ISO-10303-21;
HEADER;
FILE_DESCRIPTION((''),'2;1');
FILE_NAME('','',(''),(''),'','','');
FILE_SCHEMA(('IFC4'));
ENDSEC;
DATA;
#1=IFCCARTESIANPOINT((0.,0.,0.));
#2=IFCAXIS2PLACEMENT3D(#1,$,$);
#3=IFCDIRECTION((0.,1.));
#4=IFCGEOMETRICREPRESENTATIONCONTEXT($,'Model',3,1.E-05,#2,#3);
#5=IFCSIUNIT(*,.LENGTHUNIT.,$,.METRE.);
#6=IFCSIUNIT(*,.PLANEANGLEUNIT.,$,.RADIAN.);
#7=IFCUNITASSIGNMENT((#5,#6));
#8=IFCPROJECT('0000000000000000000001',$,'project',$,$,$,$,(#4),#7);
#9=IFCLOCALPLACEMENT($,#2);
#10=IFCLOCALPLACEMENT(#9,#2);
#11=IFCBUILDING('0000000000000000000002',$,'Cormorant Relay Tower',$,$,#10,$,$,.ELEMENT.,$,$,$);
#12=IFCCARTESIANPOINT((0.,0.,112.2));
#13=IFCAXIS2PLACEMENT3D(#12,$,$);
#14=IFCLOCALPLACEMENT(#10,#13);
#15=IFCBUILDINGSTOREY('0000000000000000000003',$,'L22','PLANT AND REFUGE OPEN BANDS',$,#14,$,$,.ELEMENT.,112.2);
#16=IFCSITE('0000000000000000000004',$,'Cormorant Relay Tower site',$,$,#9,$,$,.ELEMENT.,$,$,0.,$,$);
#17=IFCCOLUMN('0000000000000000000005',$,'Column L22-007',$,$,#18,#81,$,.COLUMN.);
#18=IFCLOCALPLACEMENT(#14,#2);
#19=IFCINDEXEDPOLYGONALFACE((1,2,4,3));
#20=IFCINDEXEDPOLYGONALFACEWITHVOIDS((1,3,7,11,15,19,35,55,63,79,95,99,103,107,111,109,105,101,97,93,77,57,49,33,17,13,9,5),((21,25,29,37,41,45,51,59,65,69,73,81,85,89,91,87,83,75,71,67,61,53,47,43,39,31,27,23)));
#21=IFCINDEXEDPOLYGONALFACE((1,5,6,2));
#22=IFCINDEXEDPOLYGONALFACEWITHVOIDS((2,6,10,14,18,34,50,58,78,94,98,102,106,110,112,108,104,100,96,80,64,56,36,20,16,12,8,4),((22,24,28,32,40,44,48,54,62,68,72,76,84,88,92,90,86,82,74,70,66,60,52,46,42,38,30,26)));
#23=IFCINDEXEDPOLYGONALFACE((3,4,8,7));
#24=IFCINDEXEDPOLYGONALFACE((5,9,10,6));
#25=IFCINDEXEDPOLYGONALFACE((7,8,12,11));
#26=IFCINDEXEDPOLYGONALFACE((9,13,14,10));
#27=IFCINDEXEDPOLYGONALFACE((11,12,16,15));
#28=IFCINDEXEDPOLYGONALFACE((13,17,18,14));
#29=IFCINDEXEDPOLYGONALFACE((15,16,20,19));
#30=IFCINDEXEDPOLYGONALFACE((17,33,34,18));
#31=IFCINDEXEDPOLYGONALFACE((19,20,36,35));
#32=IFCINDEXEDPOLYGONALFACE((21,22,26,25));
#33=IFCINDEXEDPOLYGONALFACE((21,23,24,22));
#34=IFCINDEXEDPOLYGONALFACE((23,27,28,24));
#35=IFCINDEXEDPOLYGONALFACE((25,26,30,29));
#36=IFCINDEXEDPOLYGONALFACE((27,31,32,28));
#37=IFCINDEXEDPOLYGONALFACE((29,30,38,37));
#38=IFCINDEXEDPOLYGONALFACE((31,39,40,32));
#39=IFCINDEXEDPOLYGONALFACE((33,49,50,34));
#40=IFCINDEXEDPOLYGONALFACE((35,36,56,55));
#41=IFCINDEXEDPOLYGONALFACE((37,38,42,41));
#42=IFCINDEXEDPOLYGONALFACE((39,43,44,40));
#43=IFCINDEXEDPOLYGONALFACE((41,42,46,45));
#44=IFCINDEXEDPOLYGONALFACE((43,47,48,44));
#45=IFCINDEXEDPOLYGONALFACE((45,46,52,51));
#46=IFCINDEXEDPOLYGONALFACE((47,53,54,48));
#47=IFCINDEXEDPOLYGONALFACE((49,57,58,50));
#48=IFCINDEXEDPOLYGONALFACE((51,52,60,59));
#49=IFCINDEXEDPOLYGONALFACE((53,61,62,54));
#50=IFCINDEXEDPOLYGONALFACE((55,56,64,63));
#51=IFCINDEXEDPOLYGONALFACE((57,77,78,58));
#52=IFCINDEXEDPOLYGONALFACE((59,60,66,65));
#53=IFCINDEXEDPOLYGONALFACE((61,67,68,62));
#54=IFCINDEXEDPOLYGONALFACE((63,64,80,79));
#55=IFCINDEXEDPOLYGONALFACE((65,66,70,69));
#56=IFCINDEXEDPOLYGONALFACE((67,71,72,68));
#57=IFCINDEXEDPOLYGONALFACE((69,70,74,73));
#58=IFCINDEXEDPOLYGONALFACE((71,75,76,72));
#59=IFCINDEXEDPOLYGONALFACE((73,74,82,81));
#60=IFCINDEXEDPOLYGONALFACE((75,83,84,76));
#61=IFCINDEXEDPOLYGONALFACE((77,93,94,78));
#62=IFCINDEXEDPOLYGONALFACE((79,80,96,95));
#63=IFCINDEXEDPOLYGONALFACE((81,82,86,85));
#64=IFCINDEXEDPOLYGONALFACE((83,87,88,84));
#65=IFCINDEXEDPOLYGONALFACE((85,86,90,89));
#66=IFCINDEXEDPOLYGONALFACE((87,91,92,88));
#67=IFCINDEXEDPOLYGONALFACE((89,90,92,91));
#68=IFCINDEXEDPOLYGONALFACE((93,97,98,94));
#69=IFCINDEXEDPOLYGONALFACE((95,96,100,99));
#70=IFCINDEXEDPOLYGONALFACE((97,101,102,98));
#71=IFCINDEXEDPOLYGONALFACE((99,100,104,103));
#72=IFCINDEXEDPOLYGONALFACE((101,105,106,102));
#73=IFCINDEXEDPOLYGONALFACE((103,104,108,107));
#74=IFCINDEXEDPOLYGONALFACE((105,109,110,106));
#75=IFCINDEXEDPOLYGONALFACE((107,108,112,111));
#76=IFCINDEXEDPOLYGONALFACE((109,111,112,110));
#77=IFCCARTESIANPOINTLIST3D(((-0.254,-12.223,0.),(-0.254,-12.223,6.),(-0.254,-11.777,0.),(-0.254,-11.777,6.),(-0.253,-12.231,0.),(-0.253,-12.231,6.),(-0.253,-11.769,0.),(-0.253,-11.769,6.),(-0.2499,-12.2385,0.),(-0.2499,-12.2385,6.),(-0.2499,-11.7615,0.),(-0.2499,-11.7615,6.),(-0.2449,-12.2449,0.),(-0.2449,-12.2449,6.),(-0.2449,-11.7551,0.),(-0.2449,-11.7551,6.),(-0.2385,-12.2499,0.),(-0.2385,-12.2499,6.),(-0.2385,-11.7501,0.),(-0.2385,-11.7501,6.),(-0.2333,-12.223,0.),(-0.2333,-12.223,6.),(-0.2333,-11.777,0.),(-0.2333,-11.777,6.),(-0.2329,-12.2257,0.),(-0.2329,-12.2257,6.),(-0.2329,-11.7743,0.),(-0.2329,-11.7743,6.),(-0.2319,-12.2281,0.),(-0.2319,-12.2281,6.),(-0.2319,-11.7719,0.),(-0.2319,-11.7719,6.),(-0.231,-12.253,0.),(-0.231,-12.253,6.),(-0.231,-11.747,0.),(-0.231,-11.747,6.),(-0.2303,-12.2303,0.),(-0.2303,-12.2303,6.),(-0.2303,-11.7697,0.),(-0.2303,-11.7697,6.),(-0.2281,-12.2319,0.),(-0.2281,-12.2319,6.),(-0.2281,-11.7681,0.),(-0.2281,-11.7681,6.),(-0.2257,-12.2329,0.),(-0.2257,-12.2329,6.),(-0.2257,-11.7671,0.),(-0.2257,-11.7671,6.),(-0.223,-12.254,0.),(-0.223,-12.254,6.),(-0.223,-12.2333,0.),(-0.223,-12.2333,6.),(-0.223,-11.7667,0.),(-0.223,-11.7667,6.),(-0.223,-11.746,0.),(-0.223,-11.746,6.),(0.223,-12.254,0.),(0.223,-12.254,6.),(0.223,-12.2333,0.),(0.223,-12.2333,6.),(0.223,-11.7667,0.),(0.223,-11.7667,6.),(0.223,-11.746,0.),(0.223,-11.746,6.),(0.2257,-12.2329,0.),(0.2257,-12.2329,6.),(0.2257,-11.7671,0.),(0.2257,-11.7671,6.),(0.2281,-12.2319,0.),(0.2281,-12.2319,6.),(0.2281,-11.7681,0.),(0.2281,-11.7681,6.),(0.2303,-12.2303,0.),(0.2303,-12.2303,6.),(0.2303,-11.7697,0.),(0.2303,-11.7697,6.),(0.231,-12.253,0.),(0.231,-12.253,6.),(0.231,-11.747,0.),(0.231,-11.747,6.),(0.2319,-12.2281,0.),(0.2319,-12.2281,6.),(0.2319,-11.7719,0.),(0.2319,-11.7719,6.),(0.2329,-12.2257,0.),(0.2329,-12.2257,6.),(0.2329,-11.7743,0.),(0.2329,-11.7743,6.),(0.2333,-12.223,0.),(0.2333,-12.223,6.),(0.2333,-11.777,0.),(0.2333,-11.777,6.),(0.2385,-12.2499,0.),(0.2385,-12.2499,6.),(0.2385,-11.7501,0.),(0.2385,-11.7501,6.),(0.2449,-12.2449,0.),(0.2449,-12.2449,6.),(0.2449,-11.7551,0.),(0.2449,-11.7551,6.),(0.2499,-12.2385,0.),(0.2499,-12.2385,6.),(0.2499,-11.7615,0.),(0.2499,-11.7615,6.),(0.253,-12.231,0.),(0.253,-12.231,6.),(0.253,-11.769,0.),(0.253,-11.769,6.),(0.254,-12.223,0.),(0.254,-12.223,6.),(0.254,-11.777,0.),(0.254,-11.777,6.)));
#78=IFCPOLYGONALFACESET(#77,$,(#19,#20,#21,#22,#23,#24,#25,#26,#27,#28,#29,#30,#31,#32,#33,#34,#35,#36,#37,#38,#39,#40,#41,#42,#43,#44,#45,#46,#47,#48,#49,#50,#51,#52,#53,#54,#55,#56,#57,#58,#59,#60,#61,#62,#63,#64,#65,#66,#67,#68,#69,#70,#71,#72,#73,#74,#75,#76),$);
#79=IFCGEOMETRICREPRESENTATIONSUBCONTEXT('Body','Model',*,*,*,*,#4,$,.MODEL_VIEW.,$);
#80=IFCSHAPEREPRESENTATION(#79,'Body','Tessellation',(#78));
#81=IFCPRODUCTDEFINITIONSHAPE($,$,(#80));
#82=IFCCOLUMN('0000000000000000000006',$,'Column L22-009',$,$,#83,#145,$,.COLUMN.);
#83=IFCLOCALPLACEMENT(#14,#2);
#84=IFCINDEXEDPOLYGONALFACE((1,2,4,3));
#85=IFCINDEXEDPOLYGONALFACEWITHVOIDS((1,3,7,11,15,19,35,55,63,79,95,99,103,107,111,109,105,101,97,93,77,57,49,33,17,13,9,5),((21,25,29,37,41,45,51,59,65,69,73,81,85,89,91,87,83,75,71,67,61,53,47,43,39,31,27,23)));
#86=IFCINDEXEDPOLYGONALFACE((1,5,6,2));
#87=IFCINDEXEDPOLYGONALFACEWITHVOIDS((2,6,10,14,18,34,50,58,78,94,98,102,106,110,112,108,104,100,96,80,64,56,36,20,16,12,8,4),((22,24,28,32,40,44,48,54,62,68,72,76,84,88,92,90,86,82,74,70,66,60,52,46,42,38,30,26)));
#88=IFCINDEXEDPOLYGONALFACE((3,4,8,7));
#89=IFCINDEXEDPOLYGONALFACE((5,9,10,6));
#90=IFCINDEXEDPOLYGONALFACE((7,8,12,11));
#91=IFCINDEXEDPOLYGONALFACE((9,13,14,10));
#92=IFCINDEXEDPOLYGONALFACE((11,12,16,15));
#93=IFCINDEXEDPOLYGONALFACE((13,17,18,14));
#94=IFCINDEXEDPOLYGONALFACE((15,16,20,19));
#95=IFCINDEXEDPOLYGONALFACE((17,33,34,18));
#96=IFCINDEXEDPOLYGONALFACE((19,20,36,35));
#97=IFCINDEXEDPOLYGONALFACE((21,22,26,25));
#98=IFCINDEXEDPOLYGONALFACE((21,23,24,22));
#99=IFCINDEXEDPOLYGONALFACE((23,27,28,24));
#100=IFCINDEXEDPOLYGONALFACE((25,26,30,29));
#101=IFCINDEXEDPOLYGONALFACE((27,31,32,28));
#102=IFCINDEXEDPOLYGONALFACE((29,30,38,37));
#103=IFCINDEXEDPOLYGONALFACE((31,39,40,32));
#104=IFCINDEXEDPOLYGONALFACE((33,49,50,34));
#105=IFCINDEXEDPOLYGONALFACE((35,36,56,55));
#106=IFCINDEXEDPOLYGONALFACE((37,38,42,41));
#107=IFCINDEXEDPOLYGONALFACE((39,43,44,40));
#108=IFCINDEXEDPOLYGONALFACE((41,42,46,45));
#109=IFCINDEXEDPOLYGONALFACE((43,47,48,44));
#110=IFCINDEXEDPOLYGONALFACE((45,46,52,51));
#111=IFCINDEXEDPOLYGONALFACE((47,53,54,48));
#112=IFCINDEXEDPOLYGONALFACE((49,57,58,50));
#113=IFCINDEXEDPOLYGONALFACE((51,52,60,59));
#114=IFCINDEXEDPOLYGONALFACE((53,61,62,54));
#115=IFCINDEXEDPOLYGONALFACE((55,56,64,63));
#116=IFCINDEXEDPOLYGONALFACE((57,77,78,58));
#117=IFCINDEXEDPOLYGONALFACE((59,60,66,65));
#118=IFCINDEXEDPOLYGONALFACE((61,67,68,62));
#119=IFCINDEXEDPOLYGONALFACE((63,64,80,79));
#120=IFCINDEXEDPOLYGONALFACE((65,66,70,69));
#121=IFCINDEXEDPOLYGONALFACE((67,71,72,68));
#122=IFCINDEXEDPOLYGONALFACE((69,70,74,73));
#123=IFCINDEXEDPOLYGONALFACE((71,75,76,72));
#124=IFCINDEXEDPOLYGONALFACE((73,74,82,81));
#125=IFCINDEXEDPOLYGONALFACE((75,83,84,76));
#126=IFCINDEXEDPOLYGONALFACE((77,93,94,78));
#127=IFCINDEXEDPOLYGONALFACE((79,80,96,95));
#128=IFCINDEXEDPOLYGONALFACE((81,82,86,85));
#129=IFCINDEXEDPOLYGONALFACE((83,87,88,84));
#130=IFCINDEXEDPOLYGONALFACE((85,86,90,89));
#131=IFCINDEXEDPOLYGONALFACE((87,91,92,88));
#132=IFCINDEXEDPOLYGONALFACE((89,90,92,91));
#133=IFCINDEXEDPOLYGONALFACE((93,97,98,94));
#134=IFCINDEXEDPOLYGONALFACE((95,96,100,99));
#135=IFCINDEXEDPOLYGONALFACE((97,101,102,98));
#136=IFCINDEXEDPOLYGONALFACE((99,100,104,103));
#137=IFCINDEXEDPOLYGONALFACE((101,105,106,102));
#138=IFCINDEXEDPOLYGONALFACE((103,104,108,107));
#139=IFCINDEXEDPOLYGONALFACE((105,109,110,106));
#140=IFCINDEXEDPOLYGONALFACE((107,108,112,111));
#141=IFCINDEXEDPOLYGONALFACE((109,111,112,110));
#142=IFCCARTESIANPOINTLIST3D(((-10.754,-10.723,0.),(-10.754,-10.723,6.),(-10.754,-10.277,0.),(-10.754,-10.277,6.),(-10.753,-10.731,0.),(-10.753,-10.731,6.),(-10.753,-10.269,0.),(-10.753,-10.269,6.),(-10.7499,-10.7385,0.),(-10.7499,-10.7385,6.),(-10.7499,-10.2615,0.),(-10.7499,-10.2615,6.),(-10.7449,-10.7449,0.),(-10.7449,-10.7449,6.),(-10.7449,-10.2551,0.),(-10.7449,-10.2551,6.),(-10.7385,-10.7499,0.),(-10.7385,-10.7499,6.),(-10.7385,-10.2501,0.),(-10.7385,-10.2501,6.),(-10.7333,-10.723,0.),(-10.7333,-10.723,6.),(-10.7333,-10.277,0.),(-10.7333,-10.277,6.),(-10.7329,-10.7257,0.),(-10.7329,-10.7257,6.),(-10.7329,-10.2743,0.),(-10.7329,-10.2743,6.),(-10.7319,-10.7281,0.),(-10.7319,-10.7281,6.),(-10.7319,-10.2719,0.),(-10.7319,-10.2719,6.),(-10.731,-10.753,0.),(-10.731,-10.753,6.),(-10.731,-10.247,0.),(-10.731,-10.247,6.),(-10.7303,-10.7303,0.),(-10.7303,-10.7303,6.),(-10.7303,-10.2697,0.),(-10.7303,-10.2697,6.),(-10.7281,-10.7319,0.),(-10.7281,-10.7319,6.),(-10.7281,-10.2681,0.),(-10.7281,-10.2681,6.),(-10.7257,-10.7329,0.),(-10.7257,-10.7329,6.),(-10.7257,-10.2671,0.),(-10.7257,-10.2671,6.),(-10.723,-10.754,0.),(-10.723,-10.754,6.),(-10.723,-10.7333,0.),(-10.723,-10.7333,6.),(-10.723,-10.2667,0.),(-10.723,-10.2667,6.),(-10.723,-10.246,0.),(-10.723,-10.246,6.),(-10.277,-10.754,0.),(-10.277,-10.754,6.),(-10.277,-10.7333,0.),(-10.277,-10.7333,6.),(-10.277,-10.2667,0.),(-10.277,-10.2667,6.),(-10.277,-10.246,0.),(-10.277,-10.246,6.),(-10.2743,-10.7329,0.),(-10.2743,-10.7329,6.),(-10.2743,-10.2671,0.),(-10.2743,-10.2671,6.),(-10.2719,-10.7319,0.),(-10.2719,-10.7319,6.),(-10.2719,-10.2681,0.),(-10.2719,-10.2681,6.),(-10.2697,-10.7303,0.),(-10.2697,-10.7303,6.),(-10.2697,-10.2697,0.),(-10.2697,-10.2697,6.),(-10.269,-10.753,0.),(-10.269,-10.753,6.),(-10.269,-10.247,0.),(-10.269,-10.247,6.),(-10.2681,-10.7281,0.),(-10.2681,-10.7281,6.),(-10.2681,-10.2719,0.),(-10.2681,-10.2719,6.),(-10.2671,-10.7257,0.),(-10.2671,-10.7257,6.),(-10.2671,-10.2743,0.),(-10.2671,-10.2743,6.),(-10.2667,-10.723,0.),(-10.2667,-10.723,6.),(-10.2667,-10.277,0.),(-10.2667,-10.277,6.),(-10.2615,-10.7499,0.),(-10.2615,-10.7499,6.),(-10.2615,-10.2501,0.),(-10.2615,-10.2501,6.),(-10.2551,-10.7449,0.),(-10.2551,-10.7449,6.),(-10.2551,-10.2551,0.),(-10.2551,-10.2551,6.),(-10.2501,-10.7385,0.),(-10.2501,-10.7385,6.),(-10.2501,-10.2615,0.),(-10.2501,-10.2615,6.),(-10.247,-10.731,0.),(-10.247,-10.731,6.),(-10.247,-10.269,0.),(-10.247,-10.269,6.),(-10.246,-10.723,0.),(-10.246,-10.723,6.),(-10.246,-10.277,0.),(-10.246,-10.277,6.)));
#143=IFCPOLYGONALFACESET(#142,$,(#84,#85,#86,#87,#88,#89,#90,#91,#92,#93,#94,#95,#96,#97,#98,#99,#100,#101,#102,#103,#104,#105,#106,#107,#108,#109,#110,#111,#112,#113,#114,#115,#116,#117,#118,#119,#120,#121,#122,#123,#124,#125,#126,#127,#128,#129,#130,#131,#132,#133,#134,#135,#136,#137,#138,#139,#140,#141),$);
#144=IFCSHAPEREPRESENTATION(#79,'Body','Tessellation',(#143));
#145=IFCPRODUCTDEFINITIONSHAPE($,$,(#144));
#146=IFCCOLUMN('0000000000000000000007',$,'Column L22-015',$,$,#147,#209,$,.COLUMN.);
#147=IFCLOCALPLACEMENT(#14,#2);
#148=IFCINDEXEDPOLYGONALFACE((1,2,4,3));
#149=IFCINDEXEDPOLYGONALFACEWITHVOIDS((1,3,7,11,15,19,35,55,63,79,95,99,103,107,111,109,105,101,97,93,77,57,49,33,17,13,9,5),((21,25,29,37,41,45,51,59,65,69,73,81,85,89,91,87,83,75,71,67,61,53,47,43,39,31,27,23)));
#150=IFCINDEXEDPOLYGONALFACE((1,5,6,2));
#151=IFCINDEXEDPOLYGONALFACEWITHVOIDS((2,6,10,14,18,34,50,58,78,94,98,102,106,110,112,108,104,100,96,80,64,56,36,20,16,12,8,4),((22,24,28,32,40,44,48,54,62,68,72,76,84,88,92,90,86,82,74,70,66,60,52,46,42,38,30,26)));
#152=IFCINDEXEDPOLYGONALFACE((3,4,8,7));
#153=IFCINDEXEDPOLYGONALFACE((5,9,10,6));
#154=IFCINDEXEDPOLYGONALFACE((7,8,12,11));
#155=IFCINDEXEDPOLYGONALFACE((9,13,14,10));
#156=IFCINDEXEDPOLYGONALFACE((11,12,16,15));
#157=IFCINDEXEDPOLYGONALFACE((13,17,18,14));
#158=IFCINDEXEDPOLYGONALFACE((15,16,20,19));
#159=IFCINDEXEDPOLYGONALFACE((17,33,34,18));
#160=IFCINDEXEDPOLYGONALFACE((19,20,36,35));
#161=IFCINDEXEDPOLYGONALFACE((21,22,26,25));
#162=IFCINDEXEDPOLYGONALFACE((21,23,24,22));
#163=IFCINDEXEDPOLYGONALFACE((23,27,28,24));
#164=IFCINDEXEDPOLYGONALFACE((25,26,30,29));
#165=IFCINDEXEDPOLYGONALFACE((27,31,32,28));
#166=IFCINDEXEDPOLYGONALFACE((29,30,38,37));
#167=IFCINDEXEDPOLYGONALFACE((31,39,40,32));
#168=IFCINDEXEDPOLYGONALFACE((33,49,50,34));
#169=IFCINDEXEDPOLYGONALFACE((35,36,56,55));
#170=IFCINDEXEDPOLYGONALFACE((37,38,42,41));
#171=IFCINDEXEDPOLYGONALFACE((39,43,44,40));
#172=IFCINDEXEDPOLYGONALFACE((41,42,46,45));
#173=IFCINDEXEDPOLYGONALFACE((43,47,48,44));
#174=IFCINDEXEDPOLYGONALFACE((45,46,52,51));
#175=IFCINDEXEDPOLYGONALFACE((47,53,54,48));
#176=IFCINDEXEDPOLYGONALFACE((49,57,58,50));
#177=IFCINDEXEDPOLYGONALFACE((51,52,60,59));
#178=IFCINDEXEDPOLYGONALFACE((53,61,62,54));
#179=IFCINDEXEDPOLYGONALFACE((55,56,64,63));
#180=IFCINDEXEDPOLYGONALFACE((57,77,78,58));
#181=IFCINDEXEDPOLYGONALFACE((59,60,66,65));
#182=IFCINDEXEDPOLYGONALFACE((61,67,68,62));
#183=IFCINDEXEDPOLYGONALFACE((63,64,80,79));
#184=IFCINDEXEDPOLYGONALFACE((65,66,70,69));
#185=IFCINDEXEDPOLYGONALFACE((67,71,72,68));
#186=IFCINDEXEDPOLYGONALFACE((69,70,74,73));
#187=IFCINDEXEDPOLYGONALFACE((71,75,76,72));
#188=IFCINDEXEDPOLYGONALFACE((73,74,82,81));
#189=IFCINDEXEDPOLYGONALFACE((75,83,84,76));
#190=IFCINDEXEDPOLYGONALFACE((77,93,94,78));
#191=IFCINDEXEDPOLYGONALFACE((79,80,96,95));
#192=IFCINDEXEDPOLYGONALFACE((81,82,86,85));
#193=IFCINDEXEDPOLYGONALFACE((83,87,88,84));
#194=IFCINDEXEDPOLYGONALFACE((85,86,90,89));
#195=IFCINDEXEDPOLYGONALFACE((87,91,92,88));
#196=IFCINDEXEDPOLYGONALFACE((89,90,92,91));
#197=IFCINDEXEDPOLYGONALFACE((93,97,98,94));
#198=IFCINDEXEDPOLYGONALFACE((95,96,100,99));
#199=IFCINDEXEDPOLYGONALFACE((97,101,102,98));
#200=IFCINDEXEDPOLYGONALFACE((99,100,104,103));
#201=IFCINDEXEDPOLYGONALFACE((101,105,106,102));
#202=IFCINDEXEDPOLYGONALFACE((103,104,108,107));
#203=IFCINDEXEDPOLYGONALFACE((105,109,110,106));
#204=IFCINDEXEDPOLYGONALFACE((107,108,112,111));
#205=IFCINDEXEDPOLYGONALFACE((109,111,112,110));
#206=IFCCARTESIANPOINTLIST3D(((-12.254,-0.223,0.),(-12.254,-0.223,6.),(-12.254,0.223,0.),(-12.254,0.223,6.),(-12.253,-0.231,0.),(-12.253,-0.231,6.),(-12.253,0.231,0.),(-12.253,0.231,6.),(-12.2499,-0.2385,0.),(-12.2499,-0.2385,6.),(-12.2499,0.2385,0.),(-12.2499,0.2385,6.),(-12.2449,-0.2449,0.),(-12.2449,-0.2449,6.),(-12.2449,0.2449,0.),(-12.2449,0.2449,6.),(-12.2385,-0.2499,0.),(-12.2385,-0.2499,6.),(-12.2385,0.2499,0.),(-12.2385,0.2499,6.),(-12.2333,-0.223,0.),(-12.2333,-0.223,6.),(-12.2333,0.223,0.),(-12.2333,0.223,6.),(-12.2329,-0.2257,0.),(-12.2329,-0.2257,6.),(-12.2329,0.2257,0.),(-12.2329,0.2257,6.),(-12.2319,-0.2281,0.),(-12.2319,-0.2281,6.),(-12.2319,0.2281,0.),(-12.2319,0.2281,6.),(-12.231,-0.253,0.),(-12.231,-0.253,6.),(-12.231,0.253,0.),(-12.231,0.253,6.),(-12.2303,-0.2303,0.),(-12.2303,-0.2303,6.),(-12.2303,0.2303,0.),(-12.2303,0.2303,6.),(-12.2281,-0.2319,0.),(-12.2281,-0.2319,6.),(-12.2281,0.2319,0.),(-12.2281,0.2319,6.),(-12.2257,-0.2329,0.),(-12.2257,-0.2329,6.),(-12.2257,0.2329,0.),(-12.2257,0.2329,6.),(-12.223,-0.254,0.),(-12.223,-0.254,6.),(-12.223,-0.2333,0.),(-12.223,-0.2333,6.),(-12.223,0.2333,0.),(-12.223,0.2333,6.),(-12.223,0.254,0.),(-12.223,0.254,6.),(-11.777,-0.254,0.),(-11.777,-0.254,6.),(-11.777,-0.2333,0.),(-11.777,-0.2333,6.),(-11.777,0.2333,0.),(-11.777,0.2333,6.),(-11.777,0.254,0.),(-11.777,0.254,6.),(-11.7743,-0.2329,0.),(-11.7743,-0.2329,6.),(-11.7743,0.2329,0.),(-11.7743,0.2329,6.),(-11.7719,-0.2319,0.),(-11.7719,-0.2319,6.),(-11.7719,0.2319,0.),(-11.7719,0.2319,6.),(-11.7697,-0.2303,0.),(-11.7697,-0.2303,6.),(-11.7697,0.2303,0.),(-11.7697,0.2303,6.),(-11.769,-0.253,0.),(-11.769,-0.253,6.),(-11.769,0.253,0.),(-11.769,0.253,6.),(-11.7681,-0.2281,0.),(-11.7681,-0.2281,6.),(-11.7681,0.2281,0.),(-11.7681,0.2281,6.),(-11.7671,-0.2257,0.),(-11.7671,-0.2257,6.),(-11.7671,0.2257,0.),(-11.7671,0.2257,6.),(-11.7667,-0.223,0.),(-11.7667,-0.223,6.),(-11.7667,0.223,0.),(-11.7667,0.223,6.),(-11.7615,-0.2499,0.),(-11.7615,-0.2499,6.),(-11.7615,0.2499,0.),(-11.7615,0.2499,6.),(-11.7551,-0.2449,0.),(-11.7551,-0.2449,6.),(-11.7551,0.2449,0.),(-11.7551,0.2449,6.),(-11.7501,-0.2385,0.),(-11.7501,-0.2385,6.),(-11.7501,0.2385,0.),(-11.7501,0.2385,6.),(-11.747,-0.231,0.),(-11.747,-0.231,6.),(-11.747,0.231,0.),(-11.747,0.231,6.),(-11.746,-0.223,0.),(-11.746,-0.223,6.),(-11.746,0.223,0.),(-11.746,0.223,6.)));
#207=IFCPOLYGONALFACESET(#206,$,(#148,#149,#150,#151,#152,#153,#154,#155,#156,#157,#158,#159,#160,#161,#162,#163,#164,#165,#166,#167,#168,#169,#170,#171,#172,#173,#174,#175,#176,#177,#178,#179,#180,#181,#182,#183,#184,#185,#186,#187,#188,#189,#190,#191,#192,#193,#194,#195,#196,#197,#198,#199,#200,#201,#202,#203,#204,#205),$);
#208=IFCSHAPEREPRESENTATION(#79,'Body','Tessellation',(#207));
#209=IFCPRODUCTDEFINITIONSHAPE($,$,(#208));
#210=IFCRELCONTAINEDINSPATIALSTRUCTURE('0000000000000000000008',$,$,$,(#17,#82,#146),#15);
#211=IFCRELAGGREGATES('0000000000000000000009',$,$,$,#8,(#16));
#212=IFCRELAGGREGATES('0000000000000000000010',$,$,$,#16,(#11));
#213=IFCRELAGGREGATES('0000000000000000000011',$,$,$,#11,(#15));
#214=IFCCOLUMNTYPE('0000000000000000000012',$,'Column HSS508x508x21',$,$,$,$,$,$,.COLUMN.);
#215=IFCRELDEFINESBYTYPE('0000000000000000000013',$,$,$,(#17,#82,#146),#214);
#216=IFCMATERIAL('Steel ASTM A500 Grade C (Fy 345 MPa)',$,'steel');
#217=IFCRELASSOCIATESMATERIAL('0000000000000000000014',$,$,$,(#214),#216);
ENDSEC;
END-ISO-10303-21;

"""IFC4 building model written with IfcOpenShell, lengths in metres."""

from ifc_helpers import new_model, si_unit, direction, frame, origin, origin_2d, place, context, subcontext, project, spatial, hollow_rectangle, extrude, material, material_profile, profile_set, type_object, element, save


model = new_model("IFC4")

# Units and contexts
model_context = context("Model", 3, precision=1e-05, world=origin(), true_north=direction((0.0, 1.0)))
body_context = subcontext(model_context, "Body", "Model", "MODEL_VIEW")
ifc_project = project(units=[si_unit("LENGTHUNIT", "METRE"), si_unit("PLANEANGLEUNIT", "RADIAN")], contexts=[model_context])

# Site, building, storey
site_placement = place(None, origin())
site = spatial("IfcSite", under=ifc_project, at=site_placement, Name="Cormorant Relay Tower site", CompositionType="ELEMENT", RefElevation=0.0)
building_placement = place(site_placement, origin())
building = spatial("IfcBuilding", under=site, at=building_placement, Name="Cormorant Relay Tower", CompositionType="ELEMENT")
storey_placement = place(building_placement, frame((0.0, 0.0, 112.2)))
storey = spatial("IfcBuildingStorey", under=building, at=storey_placement, Name="L22", Description="PLANT AND REFUGE OPEN BANDS", CompositionType="ELEMENT", Elevation=112.2)

# Columns
ifc_material_1 = material(Name="Steel ASTM A500 Grade C (Fy 345 MPa)", Category="steel")
ifc_material_profile_1 = material_profile(ifc_material_1, hollow_rectangle(XDim=0.5081, YDim=0.5081, WallThickness=0.0208, InnerFilletRadius=0.0103, OuterFilletRadius=0.031, at=origin_2d()), Name="HSS508x508x21")
ifc_profile_set_1 = profile_set([ifc_material_profile_1], Name="Steel ASTM A500 Grade C (Fy 345 MPa)")
column_type_1 = type_object("IfcColumnType", Name="Column HSS508x508x21", PredefinedType="COLUMN", material=ifc_profile_set_1)
for number, where, z_axis, x_axis, name in (
    (1, (0.0, -12.0, 0.0), (0.0, 0.0, 1.0), (1.0, 0.0, 0.0), "Column L22-007"),
    (2, (-10.5, -10.5, 0.0), (0.0, 0.0, 1.0), (1.0, 0.0, 0.0), "Column L22-009"),
    (3, (-12.0, 0.0, 0.0), (0.0, 0.0, 1.0), (1.0, 0.0, 0.0), "Column L22-015"),
):
    element("IfcColumn", number, at=place(storey_placement, frame(where, z_axis=z_axis, x_axis=x_axis)), inside=storey, type_object=column_type_1, Name=name, PredefinedType="COLUMN", context=body_context, shape_type="SweptSolid", body=[
        extrude(hollow_rectangle(XDim=0.5081, YDim=0.5081, WallThickness=0.0208, InnerFilletRadius=0.0103, OuterFilletRadius=0.031, at=origin_2d()), origin(), (0.0, 0.0, 1.0), 6.0),
    ])

save(model, "model.ifc")
